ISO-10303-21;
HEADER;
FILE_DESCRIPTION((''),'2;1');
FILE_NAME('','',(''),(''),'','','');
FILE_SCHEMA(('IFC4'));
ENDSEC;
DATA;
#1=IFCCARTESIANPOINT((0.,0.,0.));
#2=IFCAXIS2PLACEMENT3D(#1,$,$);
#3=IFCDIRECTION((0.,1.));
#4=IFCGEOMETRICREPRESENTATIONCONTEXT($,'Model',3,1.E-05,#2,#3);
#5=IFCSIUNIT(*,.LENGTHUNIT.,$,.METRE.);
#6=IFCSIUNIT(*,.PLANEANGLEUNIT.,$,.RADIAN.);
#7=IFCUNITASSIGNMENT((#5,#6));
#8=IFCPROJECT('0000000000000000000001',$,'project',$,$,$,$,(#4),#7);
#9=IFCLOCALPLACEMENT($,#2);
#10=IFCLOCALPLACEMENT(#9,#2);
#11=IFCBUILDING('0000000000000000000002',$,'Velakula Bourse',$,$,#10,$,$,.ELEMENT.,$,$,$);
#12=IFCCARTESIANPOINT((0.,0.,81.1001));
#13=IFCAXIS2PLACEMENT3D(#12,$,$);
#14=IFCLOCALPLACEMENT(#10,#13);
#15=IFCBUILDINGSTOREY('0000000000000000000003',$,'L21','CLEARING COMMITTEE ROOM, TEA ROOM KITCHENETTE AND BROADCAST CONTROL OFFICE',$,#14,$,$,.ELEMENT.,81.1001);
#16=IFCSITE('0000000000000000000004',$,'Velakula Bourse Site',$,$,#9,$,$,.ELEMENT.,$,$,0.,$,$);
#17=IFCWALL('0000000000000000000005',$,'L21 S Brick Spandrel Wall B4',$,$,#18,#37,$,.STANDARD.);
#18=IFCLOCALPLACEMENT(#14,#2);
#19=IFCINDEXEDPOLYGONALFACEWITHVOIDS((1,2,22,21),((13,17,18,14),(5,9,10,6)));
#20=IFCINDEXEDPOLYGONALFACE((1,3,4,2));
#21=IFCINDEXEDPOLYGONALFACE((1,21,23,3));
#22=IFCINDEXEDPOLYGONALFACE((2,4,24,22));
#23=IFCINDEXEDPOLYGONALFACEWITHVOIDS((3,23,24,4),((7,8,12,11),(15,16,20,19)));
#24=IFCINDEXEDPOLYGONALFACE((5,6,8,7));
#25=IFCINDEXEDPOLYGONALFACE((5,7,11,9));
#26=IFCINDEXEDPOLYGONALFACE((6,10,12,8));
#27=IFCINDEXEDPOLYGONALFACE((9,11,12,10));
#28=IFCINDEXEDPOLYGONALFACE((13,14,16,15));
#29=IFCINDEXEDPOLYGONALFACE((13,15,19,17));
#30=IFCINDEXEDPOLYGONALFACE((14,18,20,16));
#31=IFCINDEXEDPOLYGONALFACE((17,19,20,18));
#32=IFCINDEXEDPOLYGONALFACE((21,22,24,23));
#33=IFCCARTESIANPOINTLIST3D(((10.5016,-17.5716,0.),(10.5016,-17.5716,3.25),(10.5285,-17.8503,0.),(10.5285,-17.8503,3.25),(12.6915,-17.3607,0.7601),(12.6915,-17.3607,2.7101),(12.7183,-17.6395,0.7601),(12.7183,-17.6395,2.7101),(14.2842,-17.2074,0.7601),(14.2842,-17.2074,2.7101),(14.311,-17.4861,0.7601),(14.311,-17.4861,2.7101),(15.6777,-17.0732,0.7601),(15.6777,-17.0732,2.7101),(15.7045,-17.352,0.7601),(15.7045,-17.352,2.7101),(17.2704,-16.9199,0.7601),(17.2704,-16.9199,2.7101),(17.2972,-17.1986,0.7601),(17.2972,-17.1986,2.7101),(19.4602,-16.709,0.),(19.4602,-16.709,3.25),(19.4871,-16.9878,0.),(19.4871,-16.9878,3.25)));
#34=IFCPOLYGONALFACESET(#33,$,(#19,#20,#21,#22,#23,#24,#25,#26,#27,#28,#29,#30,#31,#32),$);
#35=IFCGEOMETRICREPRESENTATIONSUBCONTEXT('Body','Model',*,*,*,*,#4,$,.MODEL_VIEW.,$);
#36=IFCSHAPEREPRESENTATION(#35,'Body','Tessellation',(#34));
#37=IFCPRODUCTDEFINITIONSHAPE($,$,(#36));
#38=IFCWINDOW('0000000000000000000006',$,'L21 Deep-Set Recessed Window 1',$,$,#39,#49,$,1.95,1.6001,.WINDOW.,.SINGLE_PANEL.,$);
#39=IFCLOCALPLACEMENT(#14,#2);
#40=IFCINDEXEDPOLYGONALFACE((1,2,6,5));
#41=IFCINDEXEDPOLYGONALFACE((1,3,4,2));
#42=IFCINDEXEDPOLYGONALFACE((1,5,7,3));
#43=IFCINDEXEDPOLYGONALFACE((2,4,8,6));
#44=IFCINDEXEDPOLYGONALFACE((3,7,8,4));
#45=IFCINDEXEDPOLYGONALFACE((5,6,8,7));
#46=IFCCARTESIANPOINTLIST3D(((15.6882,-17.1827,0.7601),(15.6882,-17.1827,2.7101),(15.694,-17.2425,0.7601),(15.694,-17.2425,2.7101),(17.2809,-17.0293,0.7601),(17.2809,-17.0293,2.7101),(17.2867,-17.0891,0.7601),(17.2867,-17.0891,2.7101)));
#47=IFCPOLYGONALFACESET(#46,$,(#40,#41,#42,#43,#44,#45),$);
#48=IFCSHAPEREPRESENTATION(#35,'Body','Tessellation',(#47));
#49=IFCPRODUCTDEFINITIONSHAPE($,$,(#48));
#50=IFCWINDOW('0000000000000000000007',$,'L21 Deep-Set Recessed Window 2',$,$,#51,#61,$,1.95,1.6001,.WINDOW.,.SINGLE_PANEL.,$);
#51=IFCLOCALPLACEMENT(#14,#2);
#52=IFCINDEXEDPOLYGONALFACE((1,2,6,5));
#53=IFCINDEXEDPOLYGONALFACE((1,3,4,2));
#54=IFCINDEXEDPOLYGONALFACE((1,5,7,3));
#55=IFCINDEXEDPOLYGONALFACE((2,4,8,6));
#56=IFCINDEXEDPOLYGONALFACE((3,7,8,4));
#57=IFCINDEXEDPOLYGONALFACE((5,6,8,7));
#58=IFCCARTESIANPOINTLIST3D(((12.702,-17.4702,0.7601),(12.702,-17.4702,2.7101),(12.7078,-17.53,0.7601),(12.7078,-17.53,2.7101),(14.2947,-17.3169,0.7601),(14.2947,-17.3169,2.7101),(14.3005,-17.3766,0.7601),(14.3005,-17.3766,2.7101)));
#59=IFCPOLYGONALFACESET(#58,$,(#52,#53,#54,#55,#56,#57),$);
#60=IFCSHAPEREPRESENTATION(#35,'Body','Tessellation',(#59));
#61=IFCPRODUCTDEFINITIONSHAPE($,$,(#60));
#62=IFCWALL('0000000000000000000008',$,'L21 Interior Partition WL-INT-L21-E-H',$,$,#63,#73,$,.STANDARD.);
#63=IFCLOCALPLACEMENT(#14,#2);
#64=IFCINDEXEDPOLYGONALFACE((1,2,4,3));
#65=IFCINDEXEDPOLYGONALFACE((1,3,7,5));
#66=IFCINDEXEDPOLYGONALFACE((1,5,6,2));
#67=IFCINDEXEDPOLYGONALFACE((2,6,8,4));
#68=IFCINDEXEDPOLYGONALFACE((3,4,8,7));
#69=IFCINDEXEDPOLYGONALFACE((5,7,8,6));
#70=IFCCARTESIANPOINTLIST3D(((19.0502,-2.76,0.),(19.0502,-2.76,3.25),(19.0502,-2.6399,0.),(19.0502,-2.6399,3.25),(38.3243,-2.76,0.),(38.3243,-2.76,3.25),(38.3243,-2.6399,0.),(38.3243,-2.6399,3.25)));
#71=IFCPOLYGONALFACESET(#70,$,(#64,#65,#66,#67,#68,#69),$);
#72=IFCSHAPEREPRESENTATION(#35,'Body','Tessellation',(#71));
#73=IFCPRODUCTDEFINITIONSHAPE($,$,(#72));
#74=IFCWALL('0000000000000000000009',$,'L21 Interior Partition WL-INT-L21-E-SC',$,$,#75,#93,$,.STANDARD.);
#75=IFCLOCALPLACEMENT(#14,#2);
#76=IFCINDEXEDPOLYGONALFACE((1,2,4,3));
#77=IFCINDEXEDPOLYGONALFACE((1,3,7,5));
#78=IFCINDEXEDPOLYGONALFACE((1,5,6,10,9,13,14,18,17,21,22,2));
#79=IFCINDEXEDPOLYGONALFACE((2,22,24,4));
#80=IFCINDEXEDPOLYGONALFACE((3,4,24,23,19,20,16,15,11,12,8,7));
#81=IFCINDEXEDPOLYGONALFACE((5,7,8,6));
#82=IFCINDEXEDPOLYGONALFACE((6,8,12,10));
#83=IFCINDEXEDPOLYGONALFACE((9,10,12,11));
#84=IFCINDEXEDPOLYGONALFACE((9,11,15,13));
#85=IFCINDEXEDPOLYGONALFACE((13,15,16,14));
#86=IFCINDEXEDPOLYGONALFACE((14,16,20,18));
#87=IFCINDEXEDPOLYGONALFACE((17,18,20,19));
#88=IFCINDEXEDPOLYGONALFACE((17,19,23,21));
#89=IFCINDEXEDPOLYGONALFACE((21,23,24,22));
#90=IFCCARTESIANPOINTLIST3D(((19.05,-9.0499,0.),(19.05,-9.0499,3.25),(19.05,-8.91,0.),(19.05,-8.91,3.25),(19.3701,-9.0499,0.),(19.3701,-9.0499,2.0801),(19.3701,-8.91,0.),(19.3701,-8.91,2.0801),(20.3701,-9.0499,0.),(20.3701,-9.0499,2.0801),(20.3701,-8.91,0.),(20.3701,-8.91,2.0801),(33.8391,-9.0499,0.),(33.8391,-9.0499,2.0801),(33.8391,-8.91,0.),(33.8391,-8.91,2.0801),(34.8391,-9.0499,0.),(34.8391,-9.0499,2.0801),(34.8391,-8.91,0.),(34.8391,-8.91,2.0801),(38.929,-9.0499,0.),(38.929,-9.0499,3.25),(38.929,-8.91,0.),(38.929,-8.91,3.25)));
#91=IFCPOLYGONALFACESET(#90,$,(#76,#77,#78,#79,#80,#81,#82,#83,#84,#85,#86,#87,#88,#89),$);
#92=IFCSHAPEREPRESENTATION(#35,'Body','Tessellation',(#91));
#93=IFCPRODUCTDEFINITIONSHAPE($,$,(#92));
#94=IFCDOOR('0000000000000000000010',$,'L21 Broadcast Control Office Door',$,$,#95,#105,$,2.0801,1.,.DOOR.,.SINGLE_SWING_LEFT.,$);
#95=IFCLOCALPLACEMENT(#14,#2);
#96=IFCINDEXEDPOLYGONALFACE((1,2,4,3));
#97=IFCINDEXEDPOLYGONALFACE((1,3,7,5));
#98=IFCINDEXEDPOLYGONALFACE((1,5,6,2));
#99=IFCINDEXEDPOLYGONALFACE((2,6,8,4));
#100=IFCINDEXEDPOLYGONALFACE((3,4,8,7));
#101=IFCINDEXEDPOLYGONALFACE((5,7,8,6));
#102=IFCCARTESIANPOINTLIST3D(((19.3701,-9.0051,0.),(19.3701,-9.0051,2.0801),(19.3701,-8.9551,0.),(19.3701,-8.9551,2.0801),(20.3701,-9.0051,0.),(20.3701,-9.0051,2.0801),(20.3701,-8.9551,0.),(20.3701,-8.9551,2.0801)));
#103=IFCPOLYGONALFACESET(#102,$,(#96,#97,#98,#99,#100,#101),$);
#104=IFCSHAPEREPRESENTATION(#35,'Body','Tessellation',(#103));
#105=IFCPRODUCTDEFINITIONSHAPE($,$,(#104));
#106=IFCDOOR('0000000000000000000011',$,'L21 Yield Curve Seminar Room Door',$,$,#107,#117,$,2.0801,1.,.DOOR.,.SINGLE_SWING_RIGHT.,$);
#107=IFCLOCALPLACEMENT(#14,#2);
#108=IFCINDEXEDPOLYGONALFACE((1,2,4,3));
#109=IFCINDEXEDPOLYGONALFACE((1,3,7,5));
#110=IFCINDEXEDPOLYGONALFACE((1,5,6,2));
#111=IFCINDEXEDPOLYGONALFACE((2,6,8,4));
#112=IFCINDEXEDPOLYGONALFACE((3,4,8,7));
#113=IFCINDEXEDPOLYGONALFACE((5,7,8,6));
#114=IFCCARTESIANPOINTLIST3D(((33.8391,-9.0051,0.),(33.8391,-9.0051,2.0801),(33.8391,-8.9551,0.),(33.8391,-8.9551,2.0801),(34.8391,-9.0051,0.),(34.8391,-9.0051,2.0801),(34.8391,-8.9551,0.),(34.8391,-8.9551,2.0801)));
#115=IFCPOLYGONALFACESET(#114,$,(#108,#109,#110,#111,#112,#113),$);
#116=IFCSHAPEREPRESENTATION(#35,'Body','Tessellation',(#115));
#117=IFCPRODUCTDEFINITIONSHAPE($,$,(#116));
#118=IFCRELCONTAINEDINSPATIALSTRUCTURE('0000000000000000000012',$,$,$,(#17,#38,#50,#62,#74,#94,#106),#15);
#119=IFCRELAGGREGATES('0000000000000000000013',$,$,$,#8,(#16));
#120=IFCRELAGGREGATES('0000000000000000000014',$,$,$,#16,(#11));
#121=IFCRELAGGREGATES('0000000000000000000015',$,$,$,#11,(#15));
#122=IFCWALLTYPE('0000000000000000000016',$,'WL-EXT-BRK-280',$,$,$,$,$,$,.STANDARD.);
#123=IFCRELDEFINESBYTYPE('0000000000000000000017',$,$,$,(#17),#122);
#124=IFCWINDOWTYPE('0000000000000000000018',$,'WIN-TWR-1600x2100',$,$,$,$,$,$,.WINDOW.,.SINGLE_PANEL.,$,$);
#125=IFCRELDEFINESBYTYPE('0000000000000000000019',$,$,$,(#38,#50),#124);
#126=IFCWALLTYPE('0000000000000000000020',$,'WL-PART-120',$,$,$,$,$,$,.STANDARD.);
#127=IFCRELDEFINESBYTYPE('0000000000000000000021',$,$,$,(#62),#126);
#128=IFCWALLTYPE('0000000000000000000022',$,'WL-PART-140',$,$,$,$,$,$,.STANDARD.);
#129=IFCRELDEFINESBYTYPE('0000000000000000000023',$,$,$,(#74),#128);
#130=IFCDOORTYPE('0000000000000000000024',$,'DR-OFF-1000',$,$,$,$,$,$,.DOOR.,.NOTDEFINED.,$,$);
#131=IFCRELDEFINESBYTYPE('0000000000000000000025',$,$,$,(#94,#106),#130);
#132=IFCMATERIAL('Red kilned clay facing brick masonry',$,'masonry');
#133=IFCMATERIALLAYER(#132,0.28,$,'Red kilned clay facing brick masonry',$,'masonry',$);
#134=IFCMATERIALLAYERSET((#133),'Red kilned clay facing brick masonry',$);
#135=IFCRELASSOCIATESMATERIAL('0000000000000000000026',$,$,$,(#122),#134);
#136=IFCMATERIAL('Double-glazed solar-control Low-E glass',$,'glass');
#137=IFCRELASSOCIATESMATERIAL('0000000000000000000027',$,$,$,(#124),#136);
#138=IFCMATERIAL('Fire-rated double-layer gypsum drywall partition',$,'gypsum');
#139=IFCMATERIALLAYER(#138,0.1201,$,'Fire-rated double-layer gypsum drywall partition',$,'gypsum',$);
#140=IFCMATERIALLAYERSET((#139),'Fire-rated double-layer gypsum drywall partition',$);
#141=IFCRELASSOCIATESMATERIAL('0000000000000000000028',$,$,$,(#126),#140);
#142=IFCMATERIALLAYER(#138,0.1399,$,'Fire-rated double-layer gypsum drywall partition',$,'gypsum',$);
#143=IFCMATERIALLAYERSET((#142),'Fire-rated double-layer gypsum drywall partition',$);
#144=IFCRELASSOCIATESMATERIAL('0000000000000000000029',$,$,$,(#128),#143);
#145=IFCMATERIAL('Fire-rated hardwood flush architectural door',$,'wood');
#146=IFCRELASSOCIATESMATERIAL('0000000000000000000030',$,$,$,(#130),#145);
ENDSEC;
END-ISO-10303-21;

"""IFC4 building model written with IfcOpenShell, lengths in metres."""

from ifc_helpers import new_model, si_unit, direction, frame, frame_2d, origin, place, context, subcontext, project, spatial, rectangle, extrude, material, layer, layer_set, type_object, element, fill, save


model = new_model("IFC4")

# Units and contexts
model_context = context("Model", 3, precision=1e-05, world=origin(), true_north=direction((0.0, 1.0)))
body_context = subcontext(model_context, "Body", "Model", "MODEL_VIEW")
ifc_project = project(units=[si_unit("LENGTHUNIT", "METRE"), si_unit("PLANEANGLEUNIT", "RADIAN")], contexts=[model_context])

# Site, building, storey
site_placement = place(None, origin())
site = spatial("IfcSite", under=ifc_project, at=site_placement, Name="Velakula Bourse Site", CompositionType="ELEMENT", RefElevation=0.0)
building_placement = place(site_placement, origin())
building = spatial("IfcBuilding", under=site, at=building_placement, Name="Velakula Bourse", CompositionType="ELEMENT")
storey_placement = place(building_placement, frame((0.0, 0.0, 81.1001)))
storey = spatial("IfcBuildingStorey", under=building, at=storey_placement, Name="L21", Description="CLEARING COMMITTEE ROOM, TEA ROOM KITCHENETTE AND BROADCAST CONTROL OFFICE", CompositionType="ELEMENT", Elevation=81.1001)

# Wall, openings, windows
ifc_material_1 = material(Name="Red kilned clay facing brick masonry", Category="masonry")
ifc_layer_1 = layer(ifc_material_1, 0.28, Name="Red kilned clay facing brick masonry", Category="masonry")
ifc_layer_set_1 = layer_set([ifc_layer_1], Name="Red kilned clay facing brick masonry")
wall_type_1 = type_object("IfcWallType", Name="WL-EXT-BRK-280", PredefinedType="STANDARD", material=ifc_layer_set_1)
wall_1_placement = place(storey_placement, frame((19.4736, -16.8484, 0.0), z_axis=(0.0, 0.0, 1.0), x_axis=(-0.995397, -0.09584, 0.0)))
wall_1 = element("IfcWall", 1, at=wall_1_placement, inside=storey, type_object=wall_type_1, Name="L21 S Brick Spandrel Wall B4", PredefinedType="STANDARD", context=body_context, shape_type="SweptSolid", body=[
    extrude(rectangle(XDim=9.0, YDim=0.28, at=frame_2d((4.5, 0.0))), origin(), (0.0, 0.0, 1.0), 3.25),
])
opening_1_placement = place(wall_1_placement, frame((2.2, 0.0, 0.76)))
opening_1 = element("IfcOpeningElement", 2, at=opening_1_placement, cuts=wall_1, PredefinedType="OPENING", context=body_context, shape_type="SweptSolid", body=[
    extrude(rectangle(XDim=1.6001, YDim=1.95, at=frame_2d((0.8, 0.9751))), frame((0.0, 0.1499, 0.0), z_axis=(0.0, -1.0, 0.0), x_axis=(1.0, 0.0, 0.0)), (0.0, 0.0, 1.0), 0.3),
])
opening_2_placement = place(wall_1_placement, frame((5.2, 0.0, 0.76)))
opening_2 = element("IfcOpeningElement", 3, at=opening_2_placement, cuts=wall_1, PredefinedType="OPENING", context=body_context, shape_type="SweptSolid", body=[
    extrude(rectangle(XDim=1.6001, YDim=1.95, at=frame_2d((0.8, 0.9751))), frame((0.0, 0.1499, 0.0), z_axis=(0.0, -1.0, 0.0), x_axis=(1.0, 0.0, 0.0)), (0.0, 0.0, 1.0), 0.3),
])
ifc_material_2 = material(Name="Double-glazed solar-control Low-E glass", Category="glass")
window_type = type_object("IfcWindowType", Name="WIN-TWR-1600x2100", PartitioningType="SINGLE_PANEL", PredefinedType="WINDOW", material=ifc_material_2)
window_1_placement = place(opening_1_placement, origin())
window_1 = element("IfcWindow", 4, at=window_1_placement, inside=storey, type_object=window_type, Name="L21 Deep-Set Recessed Window 1", OverallHeight=1.95, OverallWidth=1.6001, PartitioningType="SINGLE_PANEL", PredefinedType="WINDOW", context=body_context, shape_type="SweptSolid", body=[
    extrude(rectangle(XDim=1.6001, YDim=1.95, at=frame_2d((0.8, 0.9751))), frame((0.0, 0.03, 0.0), z_axis=(0.0, -1.0, 0.0), x_axis=(1.0, 0.0, 0.0)), (0.0, 0.0, 1.0), 0.0601),
])
fill(opening_1, window_1)
window_2_placement = place(opening_2_placement, origin())
window_2 = element("IfcWindow", 5, at=window_2_placement, inside=storey, type_object=window_type, Name="L21 Deep-Set Recessed Window 2", OverallHeight=1.95, OverallWidth=1.6001, PartitioningType="SINGLE_PANEL", PredefinedType="WINDOW", context=body_context, shape_type="SweptSolid", body=[
    extrude(rectangle(XDim=1.6001, YDim=1.95, at=frame_2d((0.8, 0.9751))), frame((0.0, 0.03, 0.0), z_axis=(0.0, -1.0, 0.0), x_axis=(1.0, 0.0, 0.0)), (0.0, 0.0, 1.0), 0.0601),
])
fill(opening_2, window_2)

# Wall
ifc_material_3 = material(Name="Fire-rated double-layer gypsum drywall partition", Category="gypsum")
ifc_layer_2 = layer(ifc_material_3, 0.1201, Name="Fire-rated double-layer gypsum drywall partition", Category="gypsum")
ifc_layer_set_2 = layer_set([ifc_layer_2], Name="Fire-rated double-layer gypsum drywall partition")
wall_type_2 = type_object("IfcWallType", Name="WL-PART-120", PredefinedType="STANDARD", material=ifc_layer_set_2)
wall_2_placement = place(storey_placement, frame((19.05, -2.7, 0.0), z_axis=(0.0, 0.0, 1.0), x_axis=(1.0, 0.0, 0.0)))
element("IfcWall", 6, at=wall_2_placement, inside=storey, type_object=wall_type_2, Name="L21 Interior Partition WL-INT-L21-E-H", PredefinedType="STANDARD", context=body_context, shape_type="SweptSolid", body=[
    extrude(rectangle(XDim=19.2742, YDim=0.1201, at=frame_2d((9.6372, 0.0))), origin(), (0.0, 0.0, 1.0), 3.25),
])

# Wall, openings, doors
ifc_layer_3 = layer(ifc_material_3, 0.1399, Name="Fire-rated double-layer gypsum drywall partition", Category="gypsum")
ifc_layer_set_3 = layer_set([ifc_layer_3], Name="Fire-rated double-layer gypsum drywall partition")
wall_type_3 = type_object("IfcWallType", Name="WL-PART-140", PredefinedType="STANDARD", material=ifc_layer_set_3)
wall_3_placement = place(storey_placement, frame((19.05, -8.98, 0.0), z_axis=(0.0, 0.0, 1.0), x_axis=(1.0, 0.0, 0.0)))
wall_3 = element("IfcWall", 7, at=wall_3_placement, inside=storey, type_object=wall_type_3, Name="L21 Interior Partition WL-INT-L21-E-SC", PredefinedType="STANDARD", context=body_context, shape_type="SweptSolid", body=[
    extrude(rectangle(XDim=19.8789, YDim=0.1399, at=frame_2d((9.9395, 0.0))), origin(), (0.0, 0.0, 1.0), 3.25),
])
opening_3_placement = place(wall_3_placement, frame((0.3201, 0.0, 0.0)))
opening_3 = element("IfcOpeningElement", 8, at=opening_3_placement, cuts=wall_3, PredefinedType="OPENING", context=body_context, shape_type="SweptSolid", body=[
    extrude(rectangle(XDim=1.0, YDim=2.0801, at=frame_2d((0.5, 1.04))), frame((0.0, 0.0798, 0.0), z_axis=(0.0, -1.0, 0.0), x_axis=(1.0, 0.0, 0.0)), (0.0, 0.0, 1.0), 0.1599),
])
opening_4_placement = place(wall_3_placement, frame((14.7891, 0.0, 0.0)))
opening_4 = element("IfcOpeningElement", 9, at=opening_4_placement, cuts=wall_3, PredefinedType="OPENING", context=body_context, shape_type="SweptSolid", body=[
    extrude(rectangle(XDim=1.0, YDim=2.0801, at=frame_2d((0.5, 1.04))), frame((0.0, 0.0798, 0.0), z_axis=(0.0, -1.0, 0.0), x_axis=(1.0, 0.0, 0.0)), (0.0, 0.0, 1.0), 0.1599),
])
ifc_material_4 = material(Name="Fire-rated hardwood flush architectural door", Category="wood")
door_type = type_object("IfcDoorType", Name="DR-OFF-1000", OperationType="NOTDEFINED", PredefinedType="DOOR", material=ifc_material_4)
door_1_placement = place(opening_3_placement, origin())
door_1 = element("IfcDoor", 10, at=door_1_placement, inside=storey, type_object=door_type, Name="L21 Broadcast Control Office Door", OperationType="SINGLE_SWING_LEFT", OverallHeight=2.0801, OverallWidth=1.0, PredefinedType="DOOR", context=body_context, shape_type="SweptSolid", body=[
    extrude(rectangle(XDim=1.0, YDim=2.0801, at=frame_2d((0.5, 1.04))), frame((0.0, 0.0249, 0.0), z_axis=(0.0, -1.0, 0.0), x_axis=(1.0, 0.0, 0.0)), (0.0, 0.0, 1.0), 0.05),
])
fill(opening_3, door_1)
door_2_placement = place(opening_4_placement, origin())
door_2 = element("IfcDoor", 11, at=door_2_placement, inside=storey, type_object=door_type, Name="L21 Yield Curve Seminar Room Door", OperationType="SINGLE_SWING_RIGHT", OverallHeight=2.0801, OverallWidth=1.0, PredefinedType="DOOR", context=body_context, shape_type="SweptSolid", body=[
    extrude(rectangle(XDim=1.0, YDim=2.0801, at=frame_2d((0.5, 1.04))), frame((0.0, 0.0249, 0.0), z_axis=(0.0, -1.0, 0.0), x_axis=(1.0, 0.0, 0.0)), (0.0, 0.0, 1.0), 0.05),
])
fill(opening_4, door_2)

save(model, "model.ifc")
